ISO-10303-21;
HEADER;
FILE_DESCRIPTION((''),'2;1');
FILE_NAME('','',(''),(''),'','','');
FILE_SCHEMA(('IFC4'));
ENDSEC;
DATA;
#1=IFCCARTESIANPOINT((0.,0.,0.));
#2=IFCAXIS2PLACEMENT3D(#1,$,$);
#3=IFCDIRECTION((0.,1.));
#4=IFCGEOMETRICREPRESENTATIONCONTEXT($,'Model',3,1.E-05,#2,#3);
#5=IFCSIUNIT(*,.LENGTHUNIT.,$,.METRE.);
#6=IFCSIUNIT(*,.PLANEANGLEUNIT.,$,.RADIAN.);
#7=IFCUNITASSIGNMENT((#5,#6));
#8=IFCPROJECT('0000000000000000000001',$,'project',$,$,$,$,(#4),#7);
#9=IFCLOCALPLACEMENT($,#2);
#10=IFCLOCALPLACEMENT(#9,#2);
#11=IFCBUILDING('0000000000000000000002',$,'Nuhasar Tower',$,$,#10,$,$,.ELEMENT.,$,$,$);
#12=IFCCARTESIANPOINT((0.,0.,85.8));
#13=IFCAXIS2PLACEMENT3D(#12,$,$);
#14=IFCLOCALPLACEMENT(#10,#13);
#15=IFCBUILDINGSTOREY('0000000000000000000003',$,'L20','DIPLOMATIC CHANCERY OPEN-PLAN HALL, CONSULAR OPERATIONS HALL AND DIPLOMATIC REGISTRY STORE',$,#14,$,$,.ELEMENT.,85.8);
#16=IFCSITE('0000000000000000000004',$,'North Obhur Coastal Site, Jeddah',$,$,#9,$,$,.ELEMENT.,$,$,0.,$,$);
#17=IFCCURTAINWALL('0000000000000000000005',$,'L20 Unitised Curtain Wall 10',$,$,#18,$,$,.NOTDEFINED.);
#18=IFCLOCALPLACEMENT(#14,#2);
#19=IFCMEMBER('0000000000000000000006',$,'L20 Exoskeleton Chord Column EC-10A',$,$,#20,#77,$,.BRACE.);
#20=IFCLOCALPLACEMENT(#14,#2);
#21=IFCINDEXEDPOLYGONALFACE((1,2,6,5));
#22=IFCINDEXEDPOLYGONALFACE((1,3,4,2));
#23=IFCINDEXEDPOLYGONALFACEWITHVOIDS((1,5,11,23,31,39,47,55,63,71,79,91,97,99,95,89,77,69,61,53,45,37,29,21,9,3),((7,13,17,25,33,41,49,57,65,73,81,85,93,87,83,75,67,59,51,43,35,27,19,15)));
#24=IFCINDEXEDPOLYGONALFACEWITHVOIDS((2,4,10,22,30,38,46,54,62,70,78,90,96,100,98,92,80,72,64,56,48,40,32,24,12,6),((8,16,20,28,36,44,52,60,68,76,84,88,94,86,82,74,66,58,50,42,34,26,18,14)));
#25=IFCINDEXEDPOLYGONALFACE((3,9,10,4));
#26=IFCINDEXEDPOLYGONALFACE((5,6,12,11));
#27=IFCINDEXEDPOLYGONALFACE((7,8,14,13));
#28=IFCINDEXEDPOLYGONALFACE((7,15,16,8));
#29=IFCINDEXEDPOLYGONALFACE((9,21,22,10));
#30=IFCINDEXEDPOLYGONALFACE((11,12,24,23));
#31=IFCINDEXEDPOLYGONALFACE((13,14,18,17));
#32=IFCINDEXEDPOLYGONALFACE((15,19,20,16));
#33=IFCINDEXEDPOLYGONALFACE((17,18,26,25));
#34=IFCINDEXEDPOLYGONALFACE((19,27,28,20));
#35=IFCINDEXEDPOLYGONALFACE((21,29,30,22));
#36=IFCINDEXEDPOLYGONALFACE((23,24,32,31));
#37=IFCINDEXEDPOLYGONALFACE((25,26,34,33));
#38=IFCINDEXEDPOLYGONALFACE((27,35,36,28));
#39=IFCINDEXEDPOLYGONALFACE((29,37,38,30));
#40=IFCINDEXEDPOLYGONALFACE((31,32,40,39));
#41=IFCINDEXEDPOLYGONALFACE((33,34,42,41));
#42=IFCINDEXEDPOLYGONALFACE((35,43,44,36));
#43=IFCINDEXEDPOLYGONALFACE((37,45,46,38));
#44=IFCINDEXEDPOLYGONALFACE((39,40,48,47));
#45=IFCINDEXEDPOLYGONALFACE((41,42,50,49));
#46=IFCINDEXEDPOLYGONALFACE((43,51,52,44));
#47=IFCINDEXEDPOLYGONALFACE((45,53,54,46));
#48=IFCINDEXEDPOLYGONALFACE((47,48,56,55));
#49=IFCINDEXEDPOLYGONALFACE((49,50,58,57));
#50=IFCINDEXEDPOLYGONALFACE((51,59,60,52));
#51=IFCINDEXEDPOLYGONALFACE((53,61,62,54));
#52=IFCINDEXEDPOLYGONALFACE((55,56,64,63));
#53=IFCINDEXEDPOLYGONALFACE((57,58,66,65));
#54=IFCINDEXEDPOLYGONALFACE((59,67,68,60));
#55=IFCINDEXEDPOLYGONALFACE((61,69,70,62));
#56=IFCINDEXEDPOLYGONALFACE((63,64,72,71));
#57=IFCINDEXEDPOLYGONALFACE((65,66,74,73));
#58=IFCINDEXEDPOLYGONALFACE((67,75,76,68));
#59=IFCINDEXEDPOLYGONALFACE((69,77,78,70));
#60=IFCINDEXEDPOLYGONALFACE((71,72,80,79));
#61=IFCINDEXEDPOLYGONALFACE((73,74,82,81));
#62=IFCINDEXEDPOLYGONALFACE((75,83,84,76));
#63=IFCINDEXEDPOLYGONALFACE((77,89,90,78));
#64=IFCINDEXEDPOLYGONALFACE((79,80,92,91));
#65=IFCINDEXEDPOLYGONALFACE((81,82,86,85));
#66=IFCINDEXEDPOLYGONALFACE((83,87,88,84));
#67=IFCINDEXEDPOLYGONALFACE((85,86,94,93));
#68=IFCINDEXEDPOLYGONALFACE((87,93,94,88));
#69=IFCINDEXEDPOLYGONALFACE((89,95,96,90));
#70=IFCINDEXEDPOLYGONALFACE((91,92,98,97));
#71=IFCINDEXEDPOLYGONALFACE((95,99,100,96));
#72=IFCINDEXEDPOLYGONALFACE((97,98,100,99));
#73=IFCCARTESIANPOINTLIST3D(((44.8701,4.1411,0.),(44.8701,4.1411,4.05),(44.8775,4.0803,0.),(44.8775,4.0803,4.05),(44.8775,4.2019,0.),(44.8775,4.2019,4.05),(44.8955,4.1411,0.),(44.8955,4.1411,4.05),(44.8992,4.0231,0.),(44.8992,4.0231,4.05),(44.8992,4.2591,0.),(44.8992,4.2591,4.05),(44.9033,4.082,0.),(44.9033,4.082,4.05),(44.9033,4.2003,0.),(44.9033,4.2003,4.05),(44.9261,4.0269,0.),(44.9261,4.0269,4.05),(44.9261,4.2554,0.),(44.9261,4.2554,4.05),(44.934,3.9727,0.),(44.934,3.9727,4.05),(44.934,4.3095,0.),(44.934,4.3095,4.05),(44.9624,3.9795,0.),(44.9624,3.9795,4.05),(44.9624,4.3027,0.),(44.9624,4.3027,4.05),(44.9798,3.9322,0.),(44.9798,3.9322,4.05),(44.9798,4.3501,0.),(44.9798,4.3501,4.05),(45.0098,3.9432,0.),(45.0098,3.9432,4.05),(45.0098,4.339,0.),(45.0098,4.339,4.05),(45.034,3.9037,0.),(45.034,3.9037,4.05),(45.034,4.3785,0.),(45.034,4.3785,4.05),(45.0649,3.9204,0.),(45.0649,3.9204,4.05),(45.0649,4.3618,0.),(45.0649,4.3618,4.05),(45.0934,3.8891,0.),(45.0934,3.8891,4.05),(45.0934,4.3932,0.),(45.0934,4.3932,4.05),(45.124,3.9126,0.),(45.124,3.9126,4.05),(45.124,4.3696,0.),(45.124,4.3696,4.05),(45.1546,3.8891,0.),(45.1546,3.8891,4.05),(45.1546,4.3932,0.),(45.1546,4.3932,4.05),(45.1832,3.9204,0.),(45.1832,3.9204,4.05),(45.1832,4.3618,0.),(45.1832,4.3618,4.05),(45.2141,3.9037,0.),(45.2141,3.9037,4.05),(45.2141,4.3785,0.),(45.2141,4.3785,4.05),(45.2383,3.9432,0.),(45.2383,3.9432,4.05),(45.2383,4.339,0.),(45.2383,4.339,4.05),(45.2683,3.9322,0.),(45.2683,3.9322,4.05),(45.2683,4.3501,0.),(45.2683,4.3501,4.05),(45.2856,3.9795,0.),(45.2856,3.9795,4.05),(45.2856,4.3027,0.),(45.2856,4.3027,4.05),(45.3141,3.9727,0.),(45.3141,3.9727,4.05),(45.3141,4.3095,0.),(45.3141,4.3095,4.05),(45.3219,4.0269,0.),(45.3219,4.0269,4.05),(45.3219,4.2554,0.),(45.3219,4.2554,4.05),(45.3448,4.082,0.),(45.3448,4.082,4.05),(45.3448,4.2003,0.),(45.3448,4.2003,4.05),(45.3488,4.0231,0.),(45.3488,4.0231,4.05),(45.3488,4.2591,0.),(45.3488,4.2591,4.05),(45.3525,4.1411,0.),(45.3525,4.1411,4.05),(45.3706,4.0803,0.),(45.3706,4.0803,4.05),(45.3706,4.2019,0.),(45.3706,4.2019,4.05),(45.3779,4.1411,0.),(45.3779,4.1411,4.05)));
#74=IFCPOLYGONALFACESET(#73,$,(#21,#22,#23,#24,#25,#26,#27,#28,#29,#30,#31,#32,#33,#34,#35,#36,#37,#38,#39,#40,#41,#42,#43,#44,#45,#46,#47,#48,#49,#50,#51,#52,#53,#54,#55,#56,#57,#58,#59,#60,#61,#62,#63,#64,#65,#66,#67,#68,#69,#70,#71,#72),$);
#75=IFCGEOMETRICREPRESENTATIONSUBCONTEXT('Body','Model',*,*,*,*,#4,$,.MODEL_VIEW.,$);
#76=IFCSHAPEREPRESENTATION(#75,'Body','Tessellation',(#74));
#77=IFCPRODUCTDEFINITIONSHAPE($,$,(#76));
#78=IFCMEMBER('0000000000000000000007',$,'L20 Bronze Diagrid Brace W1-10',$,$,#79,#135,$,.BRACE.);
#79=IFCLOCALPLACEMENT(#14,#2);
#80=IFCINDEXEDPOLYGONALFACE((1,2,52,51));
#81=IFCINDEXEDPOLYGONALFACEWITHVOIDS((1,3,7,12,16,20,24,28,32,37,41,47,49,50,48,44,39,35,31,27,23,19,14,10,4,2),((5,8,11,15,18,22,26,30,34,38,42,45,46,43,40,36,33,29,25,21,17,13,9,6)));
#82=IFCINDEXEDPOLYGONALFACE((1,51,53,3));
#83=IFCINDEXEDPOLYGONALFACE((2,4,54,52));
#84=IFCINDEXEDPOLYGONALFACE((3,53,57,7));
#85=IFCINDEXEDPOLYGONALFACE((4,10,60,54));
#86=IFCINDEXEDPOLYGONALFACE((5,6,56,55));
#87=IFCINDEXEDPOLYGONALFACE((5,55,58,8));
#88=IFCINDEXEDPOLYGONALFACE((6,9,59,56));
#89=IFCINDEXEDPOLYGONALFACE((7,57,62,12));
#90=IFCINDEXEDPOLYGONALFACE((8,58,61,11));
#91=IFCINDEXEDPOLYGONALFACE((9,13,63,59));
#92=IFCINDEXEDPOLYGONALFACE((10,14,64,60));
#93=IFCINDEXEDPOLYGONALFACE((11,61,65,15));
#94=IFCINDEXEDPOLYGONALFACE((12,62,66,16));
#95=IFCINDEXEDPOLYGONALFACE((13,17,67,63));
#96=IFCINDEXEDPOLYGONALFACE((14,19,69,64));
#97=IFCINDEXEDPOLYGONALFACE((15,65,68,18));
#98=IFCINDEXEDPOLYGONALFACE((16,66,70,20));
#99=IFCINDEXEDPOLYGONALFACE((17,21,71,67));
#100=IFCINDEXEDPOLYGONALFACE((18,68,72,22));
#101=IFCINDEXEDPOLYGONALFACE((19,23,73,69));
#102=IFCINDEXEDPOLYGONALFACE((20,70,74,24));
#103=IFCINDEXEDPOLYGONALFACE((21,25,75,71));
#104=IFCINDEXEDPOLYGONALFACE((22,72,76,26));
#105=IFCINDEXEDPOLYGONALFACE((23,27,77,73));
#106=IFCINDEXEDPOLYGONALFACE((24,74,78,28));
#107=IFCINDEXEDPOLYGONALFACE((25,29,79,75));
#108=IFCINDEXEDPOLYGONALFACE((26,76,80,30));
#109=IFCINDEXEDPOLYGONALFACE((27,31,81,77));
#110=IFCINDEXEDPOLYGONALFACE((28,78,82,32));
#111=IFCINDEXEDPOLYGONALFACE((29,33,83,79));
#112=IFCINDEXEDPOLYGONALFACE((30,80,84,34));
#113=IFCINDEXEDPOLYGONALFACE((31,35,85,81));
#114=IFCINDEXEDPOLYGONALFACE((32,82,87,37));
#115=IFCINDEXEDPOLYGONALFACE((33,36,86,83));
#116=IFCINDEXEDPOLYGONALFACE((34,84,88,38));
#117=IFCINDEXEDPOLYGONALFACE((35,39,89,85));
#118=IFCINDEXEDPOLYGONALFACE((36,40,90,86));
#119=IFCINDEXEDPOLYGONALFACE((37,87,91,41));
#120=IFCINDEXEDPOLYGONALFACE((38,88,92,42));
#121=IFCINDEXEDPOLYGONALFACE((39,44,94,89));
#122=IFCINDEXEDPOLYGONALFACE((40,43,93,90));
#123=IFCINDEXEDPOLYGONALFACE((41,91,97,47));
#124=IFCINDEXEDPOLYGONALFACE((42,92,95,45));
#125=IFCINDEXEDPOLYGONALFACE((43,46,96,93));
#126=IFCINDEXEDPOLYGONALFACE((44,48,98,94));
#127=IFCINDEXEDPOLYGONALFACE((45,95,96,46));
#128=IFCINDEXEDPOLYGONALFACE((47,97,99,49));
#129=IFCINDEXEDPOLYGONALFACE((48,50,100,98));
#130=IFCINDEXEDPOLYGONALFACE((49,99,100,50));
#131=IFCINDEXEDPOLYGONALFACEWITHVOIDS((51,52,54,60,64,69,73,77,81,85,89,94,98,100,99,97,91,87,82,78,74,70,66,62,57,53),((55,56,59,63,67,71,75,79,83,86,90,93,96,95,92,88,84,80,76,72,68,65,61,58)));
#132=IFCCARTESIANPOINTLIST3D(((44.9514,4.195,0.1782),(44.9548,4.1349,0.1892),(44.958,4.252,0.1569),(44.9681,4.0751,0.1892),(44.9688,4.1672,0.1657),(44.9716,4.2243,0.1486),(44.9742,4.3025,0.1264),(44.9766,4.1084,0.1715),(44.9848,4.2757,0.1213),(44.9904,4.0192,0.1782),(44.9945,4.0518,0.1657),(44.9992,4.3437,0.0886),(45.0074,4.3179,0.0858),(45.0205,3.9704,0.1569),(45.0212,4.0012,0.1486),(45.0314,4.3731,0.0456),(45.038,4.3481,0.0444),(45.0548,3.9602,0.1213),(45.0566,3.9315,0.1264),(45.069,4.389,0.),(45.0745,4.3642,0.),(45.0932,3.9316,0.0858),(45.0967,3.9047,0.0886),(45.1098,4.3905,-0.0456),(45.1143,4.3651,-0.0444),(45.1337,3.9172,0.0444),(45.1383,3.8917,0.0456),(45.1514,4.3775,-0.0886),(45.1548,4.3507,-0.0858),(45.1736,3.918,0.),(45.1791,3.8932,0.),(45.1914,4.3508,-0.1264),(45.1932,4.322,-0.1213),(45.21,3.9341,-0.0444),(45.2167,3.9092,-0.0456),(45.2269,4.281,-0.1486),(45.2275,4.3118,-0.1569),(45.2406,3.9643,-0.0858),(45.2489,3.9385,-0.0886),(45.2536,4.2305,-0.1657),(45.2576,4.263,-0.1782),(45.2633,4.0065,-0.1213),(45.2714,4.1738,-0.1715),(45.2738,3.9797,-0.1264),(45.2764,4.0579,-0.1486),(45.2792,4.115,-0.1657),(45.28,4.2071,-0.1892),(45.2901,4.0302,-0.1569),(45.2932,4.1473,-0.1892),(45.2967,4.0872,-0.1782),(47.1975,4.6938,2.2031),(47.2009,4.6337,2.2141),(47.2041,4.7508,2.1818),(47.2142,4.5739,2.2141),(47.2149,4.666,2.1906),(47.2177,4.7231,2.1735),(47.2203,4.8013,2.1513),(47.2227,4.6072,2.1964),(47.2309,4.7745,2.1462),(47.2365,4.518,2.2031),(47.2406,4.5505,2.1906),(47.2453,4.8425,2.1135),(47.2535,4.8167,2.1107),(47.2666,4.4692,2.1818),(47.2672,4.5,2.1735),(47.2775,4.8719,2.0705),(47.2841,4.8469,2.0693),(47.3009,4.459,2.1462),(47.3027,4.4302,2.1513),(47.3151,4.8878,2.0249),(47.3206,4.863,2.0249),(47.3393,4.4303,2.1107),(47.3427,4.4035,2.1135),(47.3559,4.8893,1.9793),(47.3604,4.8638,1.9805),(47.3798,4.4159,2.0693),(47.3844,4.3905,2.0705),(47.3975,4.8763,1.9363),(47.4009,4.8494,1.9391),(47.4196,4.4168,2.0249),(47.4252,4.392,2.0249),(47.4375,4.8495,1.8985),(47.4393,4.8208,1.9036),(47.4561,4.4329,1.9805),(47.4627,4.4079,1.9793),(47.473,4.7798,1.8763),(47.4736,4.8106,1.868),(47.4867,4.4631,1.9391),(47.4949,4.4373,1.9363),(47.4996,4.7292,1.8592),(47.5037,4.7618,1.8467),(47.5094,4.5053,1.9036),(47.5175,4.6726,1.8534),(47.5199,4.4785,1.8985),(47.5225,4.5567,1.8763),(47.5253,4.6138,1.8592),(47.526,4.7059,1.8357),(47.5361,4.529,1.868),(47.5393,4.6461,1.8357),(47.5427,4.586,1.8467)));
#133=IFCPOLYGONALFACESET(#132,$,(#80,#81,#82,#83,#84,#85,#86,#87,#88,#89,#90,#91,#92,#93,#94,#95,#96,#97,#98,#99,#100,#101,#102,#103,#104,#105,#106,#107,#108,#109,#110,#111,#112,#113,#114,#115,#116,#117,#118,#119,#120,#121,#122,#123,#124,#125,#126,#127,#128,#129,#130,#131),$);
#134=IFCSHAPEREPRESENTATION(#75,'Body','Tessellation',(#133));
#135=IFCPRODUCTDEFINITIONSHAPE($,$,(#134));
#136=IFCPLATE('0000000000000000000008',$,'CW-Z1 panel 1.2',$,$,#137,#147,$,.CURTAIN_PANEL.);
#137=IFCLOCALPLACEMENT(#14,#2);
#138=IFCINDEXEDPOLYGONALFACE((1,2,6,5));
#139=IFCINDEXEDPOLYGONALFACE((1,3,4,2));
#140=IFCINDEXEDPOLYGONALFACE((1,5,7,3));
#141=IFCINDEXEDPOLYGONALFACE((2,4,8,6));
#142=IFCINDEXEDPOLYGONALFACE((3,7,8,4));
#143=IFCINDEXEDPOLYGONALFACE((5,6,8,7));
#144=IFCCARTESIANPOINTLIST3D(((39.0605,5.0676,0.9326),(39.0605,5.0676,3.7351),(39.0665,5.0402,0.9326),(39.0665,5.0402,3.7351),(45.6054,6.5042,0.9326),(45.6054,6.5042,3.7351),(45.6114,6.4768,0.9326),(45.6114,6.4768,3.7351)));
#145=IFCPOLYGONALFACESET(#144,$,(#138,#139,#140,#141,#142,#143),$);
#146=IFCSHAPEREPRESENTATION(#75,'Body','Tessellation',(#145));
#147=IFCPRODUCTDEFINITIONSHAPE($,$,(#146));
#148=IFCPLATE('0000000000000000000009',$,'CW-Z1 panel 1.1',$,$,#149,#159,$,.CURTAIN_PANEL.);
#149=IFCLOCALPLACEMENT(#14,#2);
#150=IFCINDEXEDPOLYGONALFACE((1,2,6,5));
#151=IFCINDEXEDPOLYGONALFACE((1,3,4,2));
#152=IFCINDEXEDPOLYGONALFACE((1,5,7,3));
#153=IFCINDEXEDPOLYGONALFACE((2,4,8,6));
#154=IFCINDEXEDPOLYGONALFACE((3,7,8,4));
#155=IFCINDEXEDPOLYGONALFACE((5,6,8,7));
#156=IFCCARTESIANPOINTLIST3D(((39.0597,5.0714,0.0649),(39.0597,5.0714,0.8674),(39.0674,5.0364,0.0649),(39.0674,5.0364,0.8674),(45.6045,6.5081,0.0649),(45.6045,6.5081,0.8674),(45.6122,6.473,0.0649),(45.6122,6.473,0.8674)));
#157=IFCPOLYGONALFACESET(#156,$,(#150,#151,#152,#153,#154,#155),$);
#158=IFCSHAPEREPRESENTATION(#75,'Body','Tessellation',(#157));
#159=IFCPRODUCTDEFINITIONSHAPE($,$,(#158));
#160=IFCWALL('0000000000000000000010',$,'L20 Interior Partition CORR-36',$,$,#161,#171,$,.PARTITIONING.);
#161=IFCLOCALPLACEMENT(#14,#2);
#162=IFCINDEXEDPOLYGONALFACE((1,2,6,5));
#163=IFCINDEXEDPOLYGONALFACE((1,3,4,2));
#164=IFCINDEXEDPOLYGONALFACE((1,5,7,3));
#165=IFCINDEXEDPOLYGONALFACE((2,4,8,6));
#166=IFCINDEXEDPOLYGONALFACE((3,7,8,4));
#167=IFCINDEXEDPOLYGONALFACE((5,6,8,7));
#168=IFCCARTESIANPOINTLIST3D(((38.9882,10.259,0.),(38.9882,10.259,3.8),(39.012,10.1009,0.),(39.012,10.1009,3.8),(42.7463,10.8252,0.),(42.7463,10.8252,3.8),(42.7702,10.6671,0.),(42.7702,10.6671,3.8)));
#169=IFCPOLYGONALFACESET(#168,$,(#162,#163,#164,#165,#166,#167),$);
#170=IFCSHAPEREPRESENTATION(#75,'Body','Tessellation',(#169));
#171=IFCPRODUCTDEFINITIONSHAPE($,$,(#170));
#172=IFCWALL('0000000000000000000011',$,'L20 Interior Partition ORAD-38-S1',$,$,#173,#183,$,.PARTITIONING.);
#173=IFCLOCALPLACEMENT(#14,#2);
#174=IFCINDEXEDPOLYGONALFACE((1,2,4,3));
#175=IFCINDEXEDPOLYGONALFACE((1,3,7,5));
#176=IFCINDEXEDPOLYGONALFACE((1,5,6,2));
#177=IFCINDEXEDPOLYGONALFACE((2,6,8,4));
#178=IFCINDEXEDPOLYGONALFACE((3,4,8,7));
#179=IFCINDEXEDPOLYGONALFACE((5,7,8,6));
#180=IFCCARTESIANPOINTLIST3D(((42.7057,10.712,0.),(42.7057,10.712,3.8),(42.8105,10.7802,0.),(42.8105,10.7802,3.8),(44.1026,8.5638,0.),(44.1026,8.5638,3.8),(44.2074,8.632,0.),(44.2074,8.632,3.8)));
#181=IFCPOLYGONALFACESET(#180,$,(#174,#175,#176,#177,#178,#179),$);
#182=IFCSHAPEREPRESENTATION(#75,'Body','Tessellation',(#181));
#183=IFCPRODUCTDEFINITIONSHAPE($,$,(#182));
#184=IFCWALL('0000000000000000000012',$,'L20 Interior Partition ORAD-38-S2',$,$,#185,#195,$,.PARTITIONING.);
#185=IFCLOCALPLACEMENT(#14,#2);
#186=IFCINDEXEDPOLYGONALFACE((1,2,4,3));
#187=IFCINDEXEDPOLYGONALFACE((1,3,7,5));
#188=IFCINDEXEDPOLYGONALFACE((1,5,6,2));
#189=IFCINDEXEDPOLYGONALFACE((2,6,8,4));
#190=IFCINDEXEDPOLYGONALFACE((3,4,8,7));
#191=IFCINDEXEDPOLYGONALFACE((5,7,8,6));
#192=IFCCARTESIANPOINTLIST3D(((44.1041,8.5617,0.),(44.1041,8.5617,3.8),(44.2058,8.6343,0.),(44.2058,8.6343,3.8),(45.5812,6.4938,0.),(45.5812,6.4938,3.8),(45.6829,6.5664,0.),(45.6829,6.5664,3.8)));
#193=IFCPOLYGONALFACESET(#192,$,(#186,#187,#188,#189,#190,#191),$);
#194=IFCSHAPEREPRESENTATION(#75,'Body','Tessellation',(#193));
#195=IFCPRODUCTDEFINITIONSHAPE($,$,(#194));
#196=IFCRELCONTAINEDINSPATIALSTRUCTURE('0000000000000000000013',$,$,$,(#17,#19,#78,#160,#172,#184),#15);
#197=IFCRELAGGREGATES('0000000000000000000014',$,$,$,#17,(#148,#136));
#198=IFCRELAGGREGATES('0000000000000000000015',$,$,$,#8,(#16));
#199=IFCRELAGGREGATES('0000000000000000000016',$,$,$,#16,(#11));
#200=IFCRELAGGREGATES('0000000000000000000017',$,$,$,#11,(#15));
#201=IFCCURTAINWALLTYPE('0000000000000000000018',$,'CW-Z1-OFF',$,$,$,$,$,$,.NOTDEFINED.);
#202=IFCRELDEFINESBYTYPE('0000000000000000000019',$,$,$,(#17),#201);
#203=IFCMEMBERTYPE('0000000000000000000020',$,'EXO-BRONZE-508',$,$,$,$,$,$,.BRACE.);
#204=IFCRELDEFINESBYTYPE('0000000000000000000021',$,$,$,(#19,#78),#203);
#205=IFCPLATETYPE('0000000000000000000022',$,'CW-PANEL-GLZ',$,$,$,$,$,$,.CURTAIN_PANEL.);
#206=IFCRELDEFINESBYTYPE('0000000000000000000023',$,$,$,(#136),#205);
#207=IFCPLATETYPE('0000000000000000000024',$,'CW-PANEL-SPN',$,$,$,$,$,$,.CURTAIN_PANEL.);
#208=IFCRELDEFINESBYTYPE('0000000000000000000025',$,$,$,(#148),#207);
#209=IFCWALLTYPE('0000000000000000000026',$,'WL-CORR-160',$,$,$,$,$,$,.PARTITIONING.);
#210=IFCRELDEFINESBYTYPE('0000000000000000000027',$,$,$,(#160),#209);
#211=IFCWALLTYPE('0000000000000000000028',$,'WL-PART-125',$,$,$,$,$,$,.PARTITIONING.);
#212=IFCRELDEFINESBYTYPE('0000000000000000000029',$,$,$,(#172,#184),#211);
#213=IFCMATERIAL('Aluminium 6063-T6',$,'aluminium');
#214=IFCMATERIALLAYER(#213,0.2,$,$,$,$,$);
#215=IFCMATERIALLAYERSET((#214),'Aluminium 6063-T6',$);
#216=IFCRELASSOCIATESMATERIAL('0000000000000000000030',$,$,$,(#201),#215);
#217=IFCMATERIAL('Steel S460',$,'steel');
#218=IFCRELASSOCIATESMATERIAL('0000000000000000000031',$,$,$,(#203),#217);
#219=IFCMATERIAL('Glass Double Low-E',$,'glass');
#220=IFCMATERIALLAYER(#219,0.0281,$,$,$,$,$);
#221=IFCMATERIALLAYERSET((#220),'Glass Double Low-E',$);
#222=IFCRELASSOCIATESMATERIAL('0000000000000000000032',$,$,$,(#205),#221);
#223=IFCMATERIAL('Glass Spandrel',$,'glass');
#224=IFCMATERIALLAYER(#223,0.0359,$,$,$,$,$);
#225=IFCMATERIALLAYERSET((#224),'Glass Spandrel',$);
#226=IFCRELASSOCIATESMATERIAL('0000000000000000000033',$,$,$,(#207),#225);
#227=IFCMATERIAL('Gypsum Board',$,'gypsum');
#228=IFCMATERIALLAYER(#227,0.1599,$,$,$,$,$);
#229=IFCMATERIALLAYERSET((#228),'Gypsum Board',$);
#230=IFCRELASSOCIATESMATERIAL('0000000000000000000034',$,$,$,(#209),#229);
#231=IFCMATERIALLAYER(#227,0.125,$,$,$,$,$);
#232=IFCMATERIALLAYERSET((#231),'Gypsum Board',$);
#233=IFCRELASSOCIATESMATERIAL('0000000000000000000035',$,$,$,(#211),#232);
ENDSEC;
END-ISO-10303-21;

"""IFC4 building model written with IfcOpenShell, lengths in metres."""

from ifc_helpers import new_model, si_unit, direction, frame, frame_2d, origin, origin_2d, place, context, subcontext, project, spatial, rectangle, hollow_circle, extrude, material, layer, layer_set, material_profile, profile_set, type_object, element, aggregate, save


model = new_model("IFC4")

# Units and contexts
model_context = context("Model", 3, precision=1e-05, world=origin(), true_north=direction((0.0, 1.0)))
body_context = subcontext(model_context, "Body", "Model", "MODEL_VIEW")
ifc_project = project(units=[si_unit("LENGTHUNIT", "METRE"), si_unit("PLANEANGLEUNIT", "RADIAN")], contexts=[model_context])

# Site, building, storey
site_placement = place(None, origin())
site = spatial("IfcSite", under=ifc_project, at=site_placement, Name="North Obhur Coastal Site, Jeddah", CompositionType="ELEMENT", RefElevation=0.0)
building_placement = place(site_placement, origin())
building = spatial("IfcBuilding", under=site, at=building_placement, Name="Nuhasar Tower", CompositionType="ELEMENT")
storey_placement = place(building_placement, frame((0.0, 0.0, 85.8)))
storey = spatial("IfcBuildingStorey", under=building, at=storey_placement, Name="L20", Description="DIPLOMATIC CHANCERY OPEN-PLAN HALL, CONSULAR OPERATIONS HALL AND DIPLOMATIC REGISTRY STORE", CompositionType="ELEMENT", Elevation=85.8)

# Shared definitions
ifc_material_1 = material(Name="Aluminium 6063-T6", Category="aluminium")
ifc_layer_1 = layer(ifc_material_1, 0.2)
ifc_layer_set_1 = layer_set([ifc_layer_1], Name="Aluminium 6063-T6")
curtain_wall_type = type_object("IfcCurtainWallType", Name="CW-Z1-OFF", PredefinedType="NOTDEFINED", material=ifc_layer_set_1)

# Curtain wall
curtain_wall_1_placement = place(storey_placement, origin())
curtain_wall_1 = element("IfcCurtainWall", 1, at=curtain_wall_1_placement, inside=storey, type_object=curtain_wall_type, Name="L20 Unitised Curtain Wall 10", PredefinedType="NOTDEFINED")

# Members
ifc_material_2 = material(Name="Steel S460", Category="steel")
ifc_material_profile_1 = material_profile(ifc_material_2, hollow_circle(Radius=0.2539, WallThickness=0.0254, at=origin_2d()), Name="HSS508X25.4")
ifc_profile_set_1 = profile_set([ifc_material_profile_1], Name="Steel S460")
member_type_1 = type_object("IfcMemberType", Name="EXO-BRONZE-508", PredefinedType="BRACE", material=ifc_profile_set_1)
member_1_placement = place(storey_placement, frame((45.124, 4.1411, 0.0), z_axis=(0.0, 0.0, 1.0), x_axis=(1.0, 0.0, 0.0)))
element("IfcMember", 2, at=member_1_placement, inside=storey, type_object=member_type_1, Name="L20 Exoskeleton Chord Column EC-10A", PredefinedType="BRACE", context=body_context, shape_type="SweptSolid", body=[
    extrude(hollow_circle(Radius=0.2539, WallThickness=0.0254, at=origin_2d()), origin(), (0.0, 0.0, 1.0), 4.05),
])
member_2_placement = place(storey_placement, frame((45.124, 4.1411, 0.0), z_axis=(0.732831, 0.162736, 0.660663), x_axis=(-0.216784, 0.97622, 0.0)))
element("IfcMember", 3, at=member_2_placement, inside=storey, type_object=member_type_1, Name="L20 Bronze Diagrid Brace W1-10", PredefinedType="BRACE", context=body_context, shape_type="SweptSolid", body=[
    extrude(hollow_circle(Radius=0.2539, WallThickness=0.0254, at=origin_2d()), origin(), (0.0, 0.0, 1.0), 3.0649),
])

# Plates
ifc_material_3 = material(Name="Glass Double Low-E", Category="glass")
ifc_layer_2 = layer(ifc_material_3, 0.0281)
ifc_layer_set_2 = layer_set([ifc_layer_2], Name="Glass Double Low-E")
plate_type_1 = type_object("IfcPlateType", Name="CW-PANEL-GLZ", PredefinedType="CURTAIN_PANEL", material=ifc_layer_set_2)
plate_1_placement = place(storey_placement, frame((42.3359, 5.7722, 0.9326), z_axis=(0.0, 0.0, 1.0), x_axis=(0.976746, 0.214399, 0.0)))
plate_1 = element("IfcPlate", 4, at=plate_1_placement, type_object=plate_type_1, Name="CW-Z1 panel 1.2", PredefinedType="CURTAIN_PANEL", context=body_context, shape_type="SweptSolid", body=[
    extrude(rectangle(XDim=6.7007, YDim=0.0281, at=origin_2d()), origin(), (0.0, 0.0, 1.0), 2.8025),
])
ifc_material_4 = material(Name="Glass Spandrel", Category="glass")
ifc_layer_3 = layer(ifc_material_4, 0.0359)
ifc_layer_set_3 = layer_set([ifc_layer_3], Name="Glass Spandrel")
plate_type_2 = type_object("IfcPlateType", Name="CW-PANEL-SPN", PredefinedType="CURTAIN_PANEL", material=ifc_layer_set_3)
plate_2_placement = place(storey_placement, frame((42.3359, 5.7722, 0.0649), z_axis=(0.0, 0.0, 1.0), x_axis=(0.976746, 0.214399, 0.0)))
plate_2 = element("IfcPlate", 5, at=plate_2_placement, type_object=plate_type_2, Name="CW-Z1 panel 1.1", PredefinedType="CURTAIN_PANEL", context=body_context, shape_type="SweptSolid", body=[
    extrude(rectangle(XDim=6.7007, YDim=0.0359, at=origin_2d()), origin(), (0.0, 0.0, 1.0), 0.8025),
])
aggregate(curtain_wall_1, [plate_2, plate_1])

# Wall
ifc_material_5 = material(Name="Gypsum Board", Category="gypsum")
ifc_layer_4 = layer(ifc_material_5, 0.1599)
ifc_layer_set_4 = layer_set([ifc_layer_4], Name="Gypsum Board")
wall_type_1 = type_object("IfcWallType", Name="WL-CORR-160", PredefinedType="PARTITIONING", material=ifc_layer_set_4)
wall_1_placement = place(storey_placement, frame((39.0, 10.1799, 0.0), z_axis=(0.0, 0.0, 1.0), x_axis=(0.988841, 0.148972, 0.0)))
element("IfcWall", 6, at=wall_1_placement, inside=storey, type_object=wall_type_1, Name="L20 Interior Partition CORR-36", PredefinedType="PARTITIONING", context=body_context, shape_type="SweptSolid", body=[
    extrude(rectangle(XDim=3.8005, YDim=0.1599, at=frame_2d((1.9004, 0.0))), origin(), (0.0, 0.0, 1.0), 3.8),
])

# Walls
ifc_layer_5 = layer(ifc_material_5, 0.125)
ifc_layer_set_5 = layer_set([ifc_layer_5], Name="Gypsum Board")
wall_type_2 = type_object("IfcWallType", Name="WL-PART-125", PredefinedType="PARTITIONING", material=ifc_layer_set_5)
wall_2_placement = place(storey_placement, frame((42.7581, 10.7461, 0.0), z_axis=(0.0, 0.0, 1.0), x_axis=(0.545166, -0.838328, 0.0)))
element("IfcWall", 7, at=wall_2_placement, inside=storey, type_object=wall_type_2, Name="L20 Interior Partition ORAD-38-S1", PredefinedType="PARTITIONING", context=body_context, shape_type="SweptSolid", body=[
    extrude(rectangle(XDim=2.5625, YDim=0.125, at=frame_2d((1.2812, 0.0))), origin(), (0.0, 0.0, 1.0), 3.8),
])
wall_3_placement = place(storey_placement, frame((44.155, 8.5979, 0.0), z_axis=(0.0, 0.0, 1.0), x_axis=(0.581238, -0.813733, 0.0)))
element("IfcWall", 8, at=wall_3_placement, inside=storey, type_object=wall_type_2, Name="L20 Interior Partition ORAD-38-S2", PredefinedType="PARTITIONING", context=body_context, shape_type="SweptSolid", body=[
    extrude(rectangle(XDim=2.5413, YDim=0.125, at=frame_2d((1.2705, 0.0))), origin(), (0.0, 0.0, 1.0), 3.8),
])

save(model, "model.ifc")
